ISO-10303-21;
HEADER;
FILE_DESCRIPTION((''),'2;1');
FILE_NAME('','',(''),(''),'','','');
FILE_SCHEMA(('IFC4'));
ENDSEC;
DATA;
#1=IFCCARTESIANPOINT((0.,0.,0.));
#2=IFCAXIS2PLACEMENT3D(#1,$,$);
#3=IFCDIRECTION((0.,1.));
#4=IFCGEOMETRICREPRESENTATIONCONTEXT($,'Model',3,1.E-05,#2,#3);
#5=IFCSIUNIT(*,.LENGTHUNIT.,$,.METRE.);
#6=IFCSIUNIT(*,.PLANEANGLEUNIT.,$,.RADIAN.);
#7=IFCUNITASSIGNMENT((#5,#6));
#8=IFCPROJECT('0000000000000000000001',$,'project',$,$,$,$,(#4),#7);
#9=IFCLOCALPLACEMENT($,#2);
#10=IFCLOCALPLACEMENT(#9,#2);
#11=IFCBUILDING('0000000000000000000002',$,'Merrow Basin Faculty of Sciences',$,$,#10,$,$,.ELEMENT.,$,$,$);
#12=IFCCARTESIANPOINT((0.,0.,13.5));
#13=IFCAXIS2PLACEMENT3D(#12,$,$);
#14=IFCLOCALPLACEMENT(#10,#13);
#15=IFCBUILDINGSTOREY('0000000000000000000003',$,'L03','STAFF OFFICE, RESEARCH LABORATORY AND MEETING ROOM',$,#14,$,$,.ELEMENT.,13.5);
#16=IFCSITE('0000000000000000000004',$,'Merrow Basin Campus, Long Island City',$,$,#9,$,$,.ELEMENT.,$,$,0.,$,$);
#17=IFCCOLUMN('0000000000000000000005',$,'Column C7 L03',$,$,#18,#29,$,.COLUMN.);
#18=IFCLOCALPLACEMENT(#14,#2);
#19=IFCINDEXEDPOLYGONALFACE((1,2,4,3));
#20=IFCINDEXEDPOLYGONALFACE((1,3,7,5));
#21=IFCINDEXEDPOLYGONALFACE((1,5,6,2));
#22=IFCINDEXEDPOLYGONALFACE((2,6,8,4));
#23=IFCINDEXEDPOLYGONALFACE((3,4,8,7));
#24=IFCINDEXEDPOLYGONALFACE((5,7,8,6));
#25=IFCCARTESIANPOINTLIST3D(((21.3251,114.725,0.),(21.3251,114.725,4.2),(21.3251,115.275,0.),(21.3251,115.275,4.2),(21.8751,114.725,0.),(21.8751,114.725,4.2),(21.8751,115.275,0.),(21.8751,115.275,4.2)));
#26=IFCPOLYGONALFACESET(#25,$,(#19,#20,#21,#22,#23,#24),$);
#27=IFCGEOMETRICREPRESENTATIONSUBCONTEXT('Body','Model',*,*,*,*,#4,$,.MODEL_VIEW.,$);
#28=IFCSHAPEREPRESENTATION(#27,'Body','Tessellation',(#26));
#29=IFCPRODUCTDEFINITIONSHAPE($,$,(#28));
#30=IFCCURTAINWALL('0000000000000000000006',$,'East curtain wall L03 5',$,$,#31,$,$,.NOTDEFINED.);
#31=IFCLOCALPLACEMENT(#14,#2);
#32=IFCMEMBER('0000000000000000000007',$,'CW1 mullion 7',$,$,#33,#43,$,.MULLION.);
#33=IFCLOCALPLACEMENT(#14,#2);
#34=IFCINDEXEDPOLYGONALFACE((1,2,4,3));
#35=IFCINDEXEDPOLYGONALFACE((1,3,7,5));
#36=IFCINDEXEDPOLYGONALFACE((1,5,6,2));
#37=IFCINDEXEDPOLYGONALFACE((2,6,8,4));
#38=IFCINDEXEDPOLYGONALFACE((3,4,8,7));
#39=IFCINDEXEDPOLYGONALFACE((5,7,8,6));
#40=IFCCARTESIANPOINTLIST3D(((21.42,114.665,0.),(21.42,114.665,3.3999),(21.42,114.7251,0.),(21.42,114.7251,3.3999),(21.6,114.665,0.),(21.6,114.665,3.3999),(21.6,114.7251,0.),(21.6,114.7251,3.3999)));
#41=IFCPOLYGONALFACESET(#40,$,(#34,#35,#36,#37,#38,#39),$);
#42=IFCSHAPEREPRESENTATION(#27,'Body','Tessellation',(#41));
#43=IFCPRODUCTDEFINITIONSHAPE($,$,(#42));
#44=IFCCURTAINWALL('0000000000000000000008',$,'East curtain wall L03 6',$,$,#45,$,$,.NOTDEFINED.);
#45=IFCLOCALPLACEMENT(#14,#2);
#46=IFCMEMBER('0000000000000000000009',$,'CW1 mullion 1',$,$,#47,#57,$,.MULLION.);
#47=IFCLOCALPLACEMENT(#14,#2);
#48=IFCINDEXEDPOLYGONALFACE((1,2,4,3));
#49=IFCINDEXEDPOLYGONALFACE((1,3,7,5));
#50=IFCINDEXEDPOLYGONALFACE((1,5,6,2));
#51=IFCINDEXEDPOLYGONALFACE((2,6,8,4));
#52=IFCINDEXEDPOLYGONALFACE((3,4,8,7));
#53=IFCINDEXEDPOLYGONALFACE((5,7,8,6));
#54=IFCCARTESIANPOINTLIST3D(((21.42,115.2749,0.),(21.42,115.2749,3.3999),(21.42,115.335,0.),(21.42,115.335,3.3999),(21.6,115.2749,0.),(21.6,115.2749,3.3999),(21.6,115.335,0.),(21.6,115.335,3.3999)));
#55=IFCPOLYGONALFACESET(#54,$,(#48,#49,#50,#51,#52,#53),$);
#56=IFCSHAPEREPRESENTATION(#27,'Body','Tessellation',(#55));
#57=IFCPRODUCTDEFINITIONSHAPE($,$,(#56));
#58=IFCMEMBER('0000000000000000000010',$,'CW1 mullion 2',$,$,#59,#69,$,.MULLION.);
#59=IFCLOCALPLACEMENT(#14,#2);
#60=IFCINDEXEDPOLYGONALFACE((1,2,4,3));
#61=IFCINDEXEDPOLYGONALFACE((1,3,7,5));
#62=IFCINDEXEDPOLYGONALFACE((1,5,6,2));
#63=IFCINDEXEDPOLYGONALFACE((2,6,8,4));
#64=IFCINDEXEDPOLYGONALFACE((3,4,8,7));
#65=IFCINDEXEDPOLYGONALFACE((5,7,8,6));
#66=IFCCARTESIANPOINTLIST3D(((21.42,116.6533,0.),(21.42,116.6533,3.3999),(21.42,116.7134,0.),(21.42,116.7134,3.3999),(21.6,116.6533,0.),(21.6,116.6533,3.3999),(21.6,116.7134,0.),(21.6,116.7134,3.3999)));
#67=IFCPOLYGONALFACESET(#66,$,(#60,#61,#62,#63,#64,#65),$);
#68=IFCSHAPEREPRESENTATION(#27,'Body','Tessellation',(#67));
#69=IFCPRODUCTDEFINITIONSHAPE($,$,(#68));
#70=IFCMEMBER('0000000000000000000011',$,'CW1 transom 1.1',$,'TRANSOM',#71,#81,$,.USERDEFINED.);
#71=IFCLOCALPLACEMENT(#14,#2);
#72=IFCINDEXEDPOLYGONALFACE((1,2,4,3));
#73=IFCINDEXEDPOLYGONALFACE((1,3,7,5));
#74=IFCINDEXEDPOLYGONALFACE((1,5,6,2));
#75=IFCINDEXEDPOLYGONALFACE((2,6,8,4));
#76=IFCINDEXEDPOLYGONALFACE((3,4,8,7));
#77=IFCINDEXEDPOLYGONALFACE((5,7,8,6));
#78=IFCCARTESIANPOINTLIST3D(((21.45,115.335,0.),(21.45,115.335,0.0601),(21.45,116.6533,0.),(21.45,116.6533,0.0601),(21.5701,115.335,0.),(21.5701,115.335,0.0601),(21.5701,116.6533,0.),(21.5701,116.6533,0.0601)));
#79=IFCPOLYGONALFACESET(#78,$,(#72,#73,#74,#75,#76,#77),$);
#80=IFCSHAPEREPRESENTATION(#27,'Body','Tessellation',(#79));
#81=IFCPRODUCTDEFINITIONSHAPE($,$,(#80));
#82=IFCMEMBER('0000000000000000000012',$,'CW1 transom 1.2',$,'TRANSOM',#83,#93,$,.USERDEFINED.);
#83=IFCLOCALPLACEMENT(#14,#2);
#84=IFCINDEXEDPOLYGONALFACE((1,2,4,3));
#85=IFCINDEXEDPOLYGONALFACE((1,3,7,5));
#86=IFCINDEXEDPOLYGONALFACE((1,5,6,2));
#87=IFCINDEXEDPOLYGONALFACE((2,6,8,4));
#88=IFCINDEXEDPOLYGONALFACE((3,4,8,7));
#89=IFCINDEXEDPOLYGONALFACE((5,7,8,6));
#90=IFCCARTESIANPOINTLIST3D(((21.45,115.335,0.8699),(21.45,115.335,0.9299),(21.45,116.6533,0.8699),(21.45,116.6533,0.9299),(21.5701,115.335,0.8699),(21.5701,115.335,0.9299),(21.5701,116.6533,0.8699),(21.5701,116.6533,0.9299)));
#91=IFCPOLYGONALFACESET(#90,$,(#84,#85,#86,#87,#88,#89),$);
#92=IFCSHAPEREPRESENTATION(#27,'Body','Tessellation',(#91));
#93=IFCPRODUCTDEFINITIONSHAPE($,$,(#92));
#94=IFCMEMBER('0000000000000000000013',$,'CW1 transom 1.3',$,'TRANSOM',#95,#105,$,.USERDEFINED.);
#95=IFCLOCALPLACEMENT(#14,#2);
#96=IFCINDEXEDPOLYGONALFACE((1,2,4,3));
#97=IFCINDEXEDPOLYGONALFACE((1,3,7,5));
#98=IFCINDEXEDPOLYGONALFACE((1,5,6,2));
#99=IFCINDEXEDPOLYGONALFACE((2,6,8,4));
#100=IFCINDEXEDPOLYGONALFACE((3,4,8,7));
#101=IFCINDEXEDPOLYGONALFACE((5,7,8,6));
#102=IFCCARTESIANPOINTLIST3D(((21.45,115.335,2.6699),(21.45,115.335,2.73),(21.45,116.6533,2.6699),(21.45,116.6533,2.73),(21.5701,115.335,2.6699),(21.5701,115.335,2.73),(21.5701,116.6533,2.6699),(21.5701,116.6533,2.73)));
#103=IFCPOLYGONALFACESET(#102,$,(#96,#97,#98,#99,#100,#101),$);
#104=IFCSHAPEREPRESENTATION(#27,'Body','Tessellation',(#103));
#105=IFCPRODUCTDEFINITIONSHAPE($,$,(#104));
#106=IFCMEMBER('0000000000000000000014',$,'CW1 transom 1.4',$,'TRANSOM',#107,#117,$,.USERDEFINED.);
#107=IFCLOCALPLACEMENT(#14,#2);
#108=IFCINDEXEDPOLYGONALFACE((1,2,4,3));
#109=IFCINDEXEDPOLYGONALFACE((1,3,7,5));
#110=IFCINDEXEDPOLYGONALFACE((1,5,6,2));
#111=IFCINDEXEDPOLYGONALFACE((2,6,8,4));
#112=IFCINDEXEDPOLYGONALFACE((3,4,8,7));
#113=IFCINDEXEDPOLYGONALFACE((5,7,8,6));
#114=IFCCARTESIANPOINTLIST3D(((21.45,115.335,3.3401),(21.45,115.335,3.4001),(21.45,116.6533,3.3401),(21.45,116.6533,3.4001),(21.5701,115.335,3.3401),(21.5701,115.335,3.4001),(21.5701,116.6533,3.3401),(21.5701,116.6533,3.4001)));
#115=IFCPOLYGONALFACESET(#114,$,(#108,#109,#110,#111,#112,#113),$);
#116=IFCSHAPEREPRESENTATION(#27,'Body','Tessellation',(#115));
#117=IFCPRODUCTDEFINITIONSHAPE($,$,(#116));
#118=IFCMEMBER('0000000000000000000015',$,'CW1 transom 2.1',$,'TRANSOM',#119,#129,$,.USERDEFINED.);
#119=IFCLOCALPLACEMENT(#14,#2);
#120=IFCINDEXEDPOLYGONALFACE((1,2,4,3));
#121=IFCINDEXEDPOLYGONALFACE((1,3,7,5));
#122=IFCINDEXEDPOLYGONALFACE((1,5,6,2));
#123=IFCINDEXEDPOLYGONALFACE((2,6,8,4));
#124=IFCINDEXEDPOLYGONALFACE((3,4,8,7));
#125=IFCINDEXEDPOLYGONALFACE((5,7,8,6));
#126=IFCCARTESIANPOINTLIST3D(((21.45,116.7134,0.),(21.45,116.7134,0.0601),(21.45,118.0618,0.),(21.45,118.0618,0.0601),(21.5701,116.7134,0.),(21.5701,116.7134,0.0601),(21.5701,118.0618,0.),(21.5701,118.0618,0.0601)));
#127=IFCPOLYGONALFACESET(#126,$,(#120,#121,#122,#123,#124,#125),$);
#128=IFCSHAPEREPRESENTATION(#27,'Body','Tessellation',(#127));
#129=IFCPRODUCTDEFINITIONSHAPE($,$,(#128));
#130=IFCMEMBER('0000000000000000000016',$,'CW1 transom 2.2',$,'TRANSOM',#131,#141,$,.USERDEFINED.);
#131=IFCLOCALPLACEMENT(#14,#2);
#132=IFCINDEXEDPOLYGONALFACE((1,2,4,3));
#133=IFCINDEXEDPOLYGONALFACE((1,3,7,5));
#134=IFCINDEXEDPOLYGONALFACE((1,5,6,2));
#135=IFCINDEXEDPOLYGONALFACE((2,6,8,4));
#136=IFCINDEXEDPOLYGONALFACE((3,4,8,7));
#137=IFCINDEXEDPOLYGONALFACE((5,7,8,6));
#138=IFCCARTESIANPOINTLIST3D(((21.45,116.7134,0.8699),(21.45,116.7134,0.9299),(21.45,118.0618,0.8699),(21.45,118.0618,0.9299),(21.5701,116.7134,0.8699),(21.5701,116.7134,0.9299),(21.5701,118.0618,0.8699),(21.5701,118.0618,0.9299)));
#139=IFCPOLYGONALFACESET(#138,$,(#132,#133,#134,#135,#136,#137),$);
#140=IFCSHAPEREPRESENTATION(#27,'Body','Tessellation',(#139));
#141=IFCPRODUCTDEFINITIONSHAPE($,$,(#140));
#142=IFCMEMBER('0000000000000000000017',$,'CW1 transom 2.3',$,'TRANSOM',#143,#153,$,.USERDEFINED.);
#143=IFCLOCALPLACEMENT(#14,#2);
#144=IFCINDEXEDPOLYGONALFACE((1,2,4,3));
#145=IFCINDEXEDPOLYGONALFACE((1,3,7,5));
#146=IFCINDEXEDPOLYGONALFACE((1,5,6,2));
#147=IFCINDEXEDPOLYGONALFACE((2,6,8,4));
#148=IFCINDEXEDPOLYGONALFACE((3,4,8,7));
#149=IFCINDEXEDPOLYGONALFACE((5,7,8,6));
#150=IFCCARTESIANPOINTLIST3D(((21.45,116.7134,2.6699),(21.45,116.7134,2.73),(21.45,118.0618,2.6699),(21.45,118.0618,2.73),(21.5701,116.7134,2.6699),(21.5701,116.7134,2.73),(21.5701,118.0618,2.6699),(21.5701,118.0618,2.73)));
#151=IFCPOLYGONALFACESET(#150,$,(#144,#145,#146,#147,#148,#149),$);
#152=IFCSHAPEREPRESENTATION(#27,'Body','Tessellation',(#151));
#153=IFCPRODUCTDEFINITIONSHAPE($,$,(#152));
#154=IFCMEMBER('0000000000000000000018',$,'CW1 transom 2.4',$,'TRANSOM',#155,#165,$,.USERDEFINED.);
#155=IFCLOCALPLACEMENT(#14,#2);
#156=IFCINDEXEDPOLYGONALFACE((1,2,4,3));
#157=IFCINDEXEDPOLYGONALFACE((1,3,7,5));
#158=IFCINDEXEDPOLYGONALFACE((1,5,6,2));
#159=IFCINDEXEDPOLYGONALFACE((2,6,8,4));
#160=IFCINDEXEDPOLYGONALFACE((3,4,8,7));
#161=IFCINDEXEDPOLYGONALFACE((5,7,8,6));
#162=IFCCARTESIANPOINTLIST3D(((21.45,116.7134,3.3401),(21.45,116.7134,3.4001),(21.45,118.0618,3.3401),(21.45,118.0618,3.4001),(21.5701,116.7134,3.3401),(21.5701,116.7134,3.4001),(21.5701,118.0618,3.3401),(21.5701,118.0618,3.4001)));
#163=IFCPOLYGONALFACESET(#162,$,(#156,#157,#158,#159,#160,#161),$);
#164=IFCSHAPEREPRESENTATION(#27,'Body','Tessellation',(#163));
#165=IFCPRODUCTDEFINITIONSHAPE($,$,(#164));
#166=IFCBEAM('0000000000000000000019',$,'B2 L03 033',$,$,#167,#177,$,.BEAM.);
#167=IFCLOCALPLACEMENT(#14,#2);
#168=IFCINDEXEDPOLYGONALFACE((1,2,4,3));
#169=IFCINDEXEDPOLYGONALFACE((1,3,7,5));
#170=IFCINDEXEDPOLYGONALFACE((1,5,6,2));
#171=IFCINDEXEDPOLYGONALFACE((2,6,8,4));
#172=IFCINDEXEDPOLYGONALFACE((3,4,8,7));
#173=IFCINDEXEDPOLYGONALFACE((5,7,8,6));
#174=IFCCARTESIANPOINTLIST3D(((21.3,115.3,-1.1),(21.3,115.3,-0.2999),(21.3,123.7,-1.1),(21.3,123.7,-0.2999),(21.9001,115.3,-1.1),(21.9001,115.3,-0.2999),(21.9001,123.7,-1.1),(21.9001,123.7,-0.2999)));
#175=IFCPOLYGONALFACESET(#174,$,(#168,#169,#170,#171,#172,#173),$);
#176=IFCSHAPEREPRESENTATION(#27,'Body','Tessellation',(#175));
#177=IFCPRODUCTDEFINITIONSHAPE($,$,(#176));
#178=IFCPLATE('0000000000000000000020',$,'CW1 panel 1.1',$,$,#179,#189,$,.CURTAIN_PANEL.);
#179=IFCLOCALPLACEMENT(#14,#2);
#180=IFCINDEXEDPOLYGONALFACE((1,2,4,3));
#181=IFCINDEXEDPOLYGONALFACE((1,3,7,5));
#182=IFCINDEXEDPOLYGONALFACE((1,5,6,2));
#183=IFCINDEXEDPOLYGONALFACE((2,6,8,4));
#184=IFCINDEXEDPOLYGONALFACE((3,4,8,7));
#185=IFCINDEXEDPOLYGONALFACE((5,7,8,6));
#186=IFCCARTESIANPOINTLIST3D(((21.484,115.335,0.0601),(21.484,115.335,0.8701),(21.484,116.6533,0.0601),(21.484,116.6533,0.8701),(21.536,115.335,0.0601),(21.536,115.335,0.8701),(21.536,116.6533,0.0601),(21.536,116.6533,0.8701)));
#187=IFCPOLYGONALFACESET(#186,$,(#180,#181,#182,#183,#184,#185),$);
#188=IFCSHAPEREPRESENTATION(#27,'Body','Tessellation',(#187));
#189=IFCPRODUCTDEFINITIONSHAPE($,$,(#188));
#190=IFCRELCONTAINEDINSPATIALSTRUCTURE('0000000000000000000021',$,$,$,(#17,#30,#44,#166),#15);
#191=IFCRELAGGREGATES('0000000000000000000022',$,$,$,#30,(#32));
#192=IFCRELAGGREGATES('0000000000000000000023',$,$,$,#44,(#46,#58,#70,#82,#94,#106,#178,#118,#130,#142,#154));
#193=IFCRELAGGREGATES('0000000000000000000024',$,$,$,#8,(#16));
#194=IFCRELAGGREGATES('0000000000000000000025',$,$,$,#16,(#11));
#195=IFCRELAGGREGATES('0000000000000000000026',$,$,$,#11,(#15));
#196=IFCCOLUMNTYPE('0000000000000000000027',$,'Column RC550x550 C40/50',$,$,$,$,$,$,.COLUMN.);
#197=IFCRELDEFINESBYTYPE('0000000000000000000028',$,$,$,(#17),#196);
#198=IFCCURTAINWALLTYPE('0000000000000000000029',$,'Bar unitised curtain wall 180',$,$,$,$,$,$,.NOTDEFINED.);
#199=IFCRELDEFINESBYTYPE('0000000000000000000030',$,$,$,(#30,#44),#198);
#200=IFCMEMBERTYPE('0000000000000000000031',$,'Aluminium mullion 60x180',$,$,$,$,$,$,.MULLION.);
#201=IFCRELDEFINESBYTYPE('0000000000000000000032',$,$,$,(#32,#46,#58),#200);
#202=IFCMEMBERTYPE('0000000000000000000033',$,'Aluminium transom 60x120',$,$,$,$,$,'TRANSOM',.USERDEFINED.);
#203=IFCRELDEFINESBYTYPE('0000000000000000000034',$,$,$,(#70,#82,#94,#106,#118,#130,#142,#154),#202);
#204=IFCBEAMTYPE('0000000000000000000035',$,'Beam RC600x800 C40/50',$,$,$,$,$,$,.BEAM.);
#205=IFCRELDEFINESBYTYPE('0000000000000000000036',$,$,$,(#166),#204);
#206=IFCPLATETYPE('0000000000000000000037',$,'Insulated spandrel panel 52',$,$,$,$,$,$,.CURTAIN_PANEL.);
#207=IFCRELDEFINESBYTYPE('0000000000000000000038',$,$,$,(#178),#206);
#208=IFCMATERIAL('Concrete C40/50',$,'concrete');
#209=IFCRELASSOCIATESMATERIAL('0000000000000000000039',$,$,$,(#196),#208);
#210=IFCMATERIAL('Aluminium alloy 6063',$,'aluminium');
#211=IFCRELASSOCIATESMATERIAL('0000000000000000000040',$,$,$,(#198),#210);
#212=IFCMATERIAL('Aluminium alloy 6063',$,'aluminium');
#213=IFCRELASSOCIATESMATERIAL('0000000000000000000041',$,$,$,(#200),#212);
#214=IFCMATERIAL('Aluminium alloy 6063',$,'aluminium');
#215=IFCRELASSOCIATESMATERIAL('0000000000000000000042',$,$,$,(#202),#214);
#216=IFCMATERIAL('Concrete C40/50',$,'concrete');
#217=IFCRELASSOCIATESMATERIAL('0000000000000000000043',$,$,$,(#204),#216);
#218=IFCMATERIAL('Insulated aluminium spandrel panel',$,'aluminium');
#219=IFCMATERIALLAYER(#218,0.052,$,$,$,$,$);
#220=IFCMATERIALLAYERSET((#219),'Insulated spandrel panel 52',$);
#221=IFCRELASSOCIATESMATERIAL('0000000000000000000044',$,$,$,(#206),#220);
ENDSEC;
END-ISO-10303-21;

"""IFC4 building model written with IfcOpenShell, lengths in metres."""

from ifc_helpers import new_model, si_unit, direction, frame, origin, origin_2d, place, context, subcontext, project, spatial, rectangle, extrude, material, layer, layer_set, material_profile, profile_set, type_object, element, aggregate, save


model = new_model("IFC4")

# Units and contexts
model_context = context("Model", 3, precision=1e-05, world=origin(), true_north=direction((0.0, 1.0)))
body_context = subcontext(model_context, "Body", "Model", "MODEL_VIEW")
ifc_project = project(units=[si_unit("LENGTHUNIT", "METRE"), si_unit("PLANEANGLEUNIT", "RADIAN")], contexts=[model_context])

# Site, building, storey
site_placement = place(None, origin())
site = spatial("IfcSite", under=ifc_project, at=site_placement, Name="Merrow Basin Campus, Long Island City", CompositionType="ELEMENT", RefElevation=0.0)
building_placement = place(site_placement, origin())
building = spatial("IfcBuilding", under=site, at=building_placement, Name="Merrow Basin Faculty of Sciences", CompositionType="ELEMENT")
storey_placement = place(building_placement, frame((0.0, 0.0, 13.5)))
storey = spatial("IfcBuildingStorey", under=building, at=storey_placement, Name="L03", Description="STAFF OFFICE, RESEARCH LABORATORY AND MEETING ROOM", CompositionType="ELEMENT", Elevation=13.5)

# Column
ifc_material_1 = material(Name="Concrete C40/50", Category="concrete")
ifc_material_profile_1 = material_profile(ifc_material_1, rectangle(XDim=0.55, YDim=0.55, at=origin_2d()))
ifc_profile_set_1 = profile_set([ifc_material_profile_1], Name="Concrete C40/50")
column_type = type_object("IfcColumnType", Name="Column RC550x550 C40/50", PredefinedType="COLUMN", material=ifc_profile_set_1)
column_placement = place(storey_placement, frame((21.6001, 115.0, 0.0), z_axis=(0.0, 0.0, 1.0), x_axis=(1.0, 0.0, 0.0)))
element("IfcColumn", 1, at=column_placement, inside=storey, type_object=column_type, Name="Column C7 L03", PredefinedType="COLUMN", context=body_context, shape_type="SweptSolid", body=[
    extrude(rectangle(XDim=0.55, YDim=0.55, at=origin_2d()), origin(), (0.0, 0.0, 1.0), 4.2),
])

# Curtain wall, member
ifc_material_2 = material(Name="Aluminium alloy 6063", Category="aluminium")
curtain_wall_type = type_object("IfcCurtainWallType", Name="Bar unitised curtain wall 180", PredefinedType="NOTDEFINED", material=ifc_material_2)
curtain_wall_1_placement = place(storey_placement, origin())
curtain_wall_1 = element("IfcCurtainWall", 2, at=curtain_wall_1_placement, inside=storey, type_object=curtain_wall_type, Name="East curtain wall L03 5", PredefinedType="NOTDEFINED")
ifc_material_3 = material(Name="Aluminium alloy 6063", Category="aluminium")
ifc_material_profile_2 = material_profile(ifc_material_3, rectangle(XDim=0.1799, YDim=0.0601, at=origin_2d()))
ifc_profile_set_2 = profile_set([ifc_material_profile_2], Name="Aluminium alloy 6063")
member_type_1 = type_object("IfcMemberType", Name="Aluminium mullion 60x180", PredefinedType="MULLION", material=ifc_profile_set_2)
member_1_placement = place(storey_placement, frame((21.51, 114.6951, 0.0), z_axis=(0.0, 0.0, 1.0), x_axis=(-1.0, 0.0, 0.0)))
member_1 = element("IfcMember", 3, at=member_1_placement, type_object=member_type_1, Name="CW1 mullion 7", PredefinedType="MULLION", context=body_context, shape_type="SweptSolid", body=[
    extrude(rectangle(XDim=0.1799, YDim=0.0601, at=origin_2d()), origin(), (0.0, 0.0, 1.0), 3.3999),
])
aggregate(curtain_wall_1, [member_1])

# Curtain wall, members
curtain_wall_2_placement = place(storey_placement, origin())
curtain_wall_2 = element("IfcCurtainWall", 4, at=curtain_wall_2_placement, inside=storey, type_object=curtain_wall_type, Name="East curtain wall L03 6", PredefinedType="NOTDEFINED")
member_2_placement = place(storey_placement, frame((21.51, 115.3049, 0.0), z_axis=(0.0, 0.0, 1.0), x_axis=(-1.0, 0.0, 0.0)))
member_2 = element("IfcMember", 5, at=member_2_placement, type_object=member_type_1, Name="CW1 mullion 1", PredefinedType="MULLION", context=body_context, shape_type="SweptSolid", body=[
    extrude(rectangle(XDim=0.1799, YDim=0.0601, at=origin_2d()), origin(), (0.0, 0.0, 1.0), 3.3999),
])
member_3_placement = place(storey_placement, frame((21.51, 116.6833, 0.0), z_axis=(0.0, 0.0, 1.0), x_axis=(-1.0, 0.0, 0.0)))
member_3 = element("IfcMember", 6, at=member_3_placement, type_object=member_type_1, Name="CW1 mullion 2", PredefinedType="MULLION", context=body_context, shape_type="SweptSolid", body=[
    extrude(rectangle(XDim=0.1799, YDim=0.0601, at=origin_2d()), origin(), (0.0, 0.0, 1.0), 3.3999),
])
ifc_material_4 = material(Name="Aluminium alloy 6063", Category="aluminium")
ifc_material_profile_3 = material_profile(ifc_material_4, rectangle(XDim=0.1201, YDim=0.0601, at=origin_2d()))
ifc_profile_set_3 = profile_set([ifc_material_profile_3], Name="Aluminium alloy 6063")
member_type_2 = type_object("IfcMemberType", Name="Aluminium transom 60x120", ElementType="TRANSOM", PredefinedType="USERDEFINED", material=ifc_profile_set_3)
member_4_placement = place(storey_placement, frame((21.51, 115.335, 0.03), z_axis=(0.0, 1.0, 0.0), x_axis=(-1.0, 0.0, 0.0)))
member_4 = element("IfcMember", 7, at=member_4_placement, type_object=member_type_2, Name="CW1 transom 1.1", ObjectType="TRANSOM", PredefinedType="USERDEFINED", context=body_context, shape_type="SweptSolid", body=[
    extrude(rectangle(XDim=0.1201, YDim=0.0601, at=origin_2d()), origin(), (0.0, 0.0, 1.0), 1.3184),
])
member_5_placement = place(storey_placement, frame((21.51, 115.335, 0.8999), z_axis=(0.0, 1.0, 0.0), x_axis=(-1.0, 0.0, 0.0)))
member_5 = element("IfcMember", 8, at=member_5_placement, type_object=member_type_2, Name="CW1 transom 1.2", ObjectType="TRANSOM", PredefinedType="USERDEFINED", context=body_context, shape_type="SweptSolid", body=[
    extrude(rectangle(XDim=0.1201, YDim=0.0601, at=origin_2d()), origin(), (0.0, 0.0, 1.0), 1.3184),
])
member_6_placement = place(storey_placement, frame((21.51, 115.335, 2.7), z_axis=(0.0, 1.0, 0.0), x_axis=(-1.0, 0.0, 0.0)))
member_6 = element("IfcMember", 9, at=member_6_placement, type_object=member_type_2, Name="CW1 transom 1.3", ObjectType="TRANSOM", PredefinedType="USERDEFINED", context=body_context, shape_type="SweptSolid", body=[
    extrude(rectangle(XDim=0.1201, YDim=0.0601, at=origin_2d()), origin(), (0.0, 0.0, 1.0), 1.3184),
])
member_7_placement = place(storey_placement, frame((21.51, 115.335, 3.3701), z_axis=(0.0, 1.0, 0.0), x_axis=(-1.0, 0.0, 0.0)))
member_7 = element("IfcMember", 10, at=member_7_placement, type_object=member_type_2, Name="CW1 transom 1.4", ObjectType="TRANSOM", PredefinedType="USERDEFINED", context=body_context, shape_type="SweptSolid", body=[
    extrude(rectangle(XDim=0.1201, YDim=0.0601, at=origin_2d()), origin(), (0.0, 0.0, 1.0), 1.3184),
])
member_8_placement = place(storey_placement, frame((21.51, 116.7134, 0.03), z_axis=(0.0, 1.0, 0.0), x_axis=(-1.0, 0.0, 0.0)))
member_8 = element("IfcMember", 11, at=member_8_placement, type_object=member_type_2, Name="CW1 transom 2.1", ObjectType="TRANSOM", PredefinedType="USERDEFINED", context=body_context, shape_type="SweptSolid", body=[
    extrude(rectangle(XDim=0.1201, YDim=0.0601, at=origin_2d()), origin(), (0.0, 0.0, 1.0), 1.3484),
])
member_9_placement = place(storey_placement, frame((21.51, 116.7134, 0.8999), z_axis=(0.0, 1.0, 0.0), x_axis=(-1.0, 0.0, 0.0)))
member_9 = element("IfcMember", 12, at=member_9_placement, type_object=member_type_2, Name="CW1 transom 2.2", ObjectType="TRANSOM", PredefinedType="USERDEFINED", context=body_context, shape_type="SweptSolid", body=[
    extrude(rectangle(XDim=0.1201, YDim=0.0601, at=origin_2d()), origin(), (0.0, 0.0, 1.0), 1.3484),
])
member_10_placement = place(storey_placement, frame((21.51, 116.7134, 2.7), z_axis=(0.0, 1.0, 0.0), x_axis=(-1.0, 0.0, 0.0)))
member_10 = element("IfcMember", 13, at=member_10_placement, type_object=member_type_2, Name="CW1 transom 2.3", ObjectType="TRANSOM", PredefinedType="USERDEFINED", context=body_context, shape_type="SweptSolid", body=[
    extrude(rectangle(XDim=0.1201, YDim=0.0601, at=origin_2d()), origin(), (0.0, 0.0, 1.0), 1.3484),
])
member_11_placement = place(storey_placement, frame((21.51, 116.7134, 3.3701), z_axis=(0.0, 1.0, 0.0), x_axis=(-1.0, 0.0, 0.0)))
member_11 = element("IfcMember", 14, at=member_11_placement, type_object=member_type_2, Name="CW1 transom 2.4", ObjectType="TRANSOM", PredefinedType="USERDEFINED", context=body_context, shape_type="SweptSolid", body=[
    extrude(rectangle(XDim=0.1201, YDim=0.0601, at=origin_2d()), origin(), (0.0, 0.0, 1.0), 1.3484),
])

# Beam
ifc_material_5 = material(Name="Concrete C40/50", Category="concrete")
ifc_material_profile_4 = material_profile(ifc_material_5, rectangle(XDim=0.6001, YDim=0.8, at=origin_2d()))
ifc_profile_set_4 = profile_set([ifc_material_profile_4], Name="Concrete C40/50")
beam_type = type_object("IfcBeamType", Name="Beam RC600x800 C40/50", PredefinedType="BEAM", material=ifc_profile_set_4)
beam_placement = place(storey_placement, frame((21.6001, 115.3, -0.7), z_axis=(0.0, 1.0, 0.0), x_axis=(-1.0, 0.0, 0.0)))
element("IfcBeam", 15, at=beam_placement, inside=storey, type_object=beam_type, Name="B2 L03 033", PredefinedType="BEAM", context=body_context, shape_type="SweptSolid", body=[
    extrude(rectangle(XDim=0.6001, YDim=0.8, at=origin_2d()), origin(), (0.0, 0.0, 1.0), 8.3999),
])

# Plate
ifc_material_6 = material(Name="Insulated aluminium spandrel panel", Category="aluminium")
ifc_layer_1 = layer(ifc_material_6, 0.052)
ifc_layer_set_1 = layer_set([ifc_layer_1], Name="Insulated spandrel panel 52")
plate_type_1 = type_object("IfcPlateType", Name="Insulated spandrel panel 52", PredefinedType="CURTAIN_PANEL", material=ifc_layer_set_1)
plate_1_placement = place(storey_placement, frame((21.51, 115.9941, 0.0601), z_axis=(0.0, 0.0, 1.0), x_axis=(0.0, 1.0, 0.0)))
plate_1 = element("IfcPlate", 16, at=plate_1_placement, type_object=plate_type_1, Name="CW1 panel 1.1", PredefinedType="CURTAIN_PANEL", context=body_context, shape_type="SweptSolid", body=[
    extrude(rectangle(XDim=1.3184, YDim=0.052, at=origin_2d()), origin(), (0.0, 0.0, 1.0), 0.8101),
])
aggregate(curtain_wall_2, [member_2, member_3, member_4, member_5, member_6, member_7, plate_1, member_8, member_9, member_10, member_11])

save(model, "model.ifc")
